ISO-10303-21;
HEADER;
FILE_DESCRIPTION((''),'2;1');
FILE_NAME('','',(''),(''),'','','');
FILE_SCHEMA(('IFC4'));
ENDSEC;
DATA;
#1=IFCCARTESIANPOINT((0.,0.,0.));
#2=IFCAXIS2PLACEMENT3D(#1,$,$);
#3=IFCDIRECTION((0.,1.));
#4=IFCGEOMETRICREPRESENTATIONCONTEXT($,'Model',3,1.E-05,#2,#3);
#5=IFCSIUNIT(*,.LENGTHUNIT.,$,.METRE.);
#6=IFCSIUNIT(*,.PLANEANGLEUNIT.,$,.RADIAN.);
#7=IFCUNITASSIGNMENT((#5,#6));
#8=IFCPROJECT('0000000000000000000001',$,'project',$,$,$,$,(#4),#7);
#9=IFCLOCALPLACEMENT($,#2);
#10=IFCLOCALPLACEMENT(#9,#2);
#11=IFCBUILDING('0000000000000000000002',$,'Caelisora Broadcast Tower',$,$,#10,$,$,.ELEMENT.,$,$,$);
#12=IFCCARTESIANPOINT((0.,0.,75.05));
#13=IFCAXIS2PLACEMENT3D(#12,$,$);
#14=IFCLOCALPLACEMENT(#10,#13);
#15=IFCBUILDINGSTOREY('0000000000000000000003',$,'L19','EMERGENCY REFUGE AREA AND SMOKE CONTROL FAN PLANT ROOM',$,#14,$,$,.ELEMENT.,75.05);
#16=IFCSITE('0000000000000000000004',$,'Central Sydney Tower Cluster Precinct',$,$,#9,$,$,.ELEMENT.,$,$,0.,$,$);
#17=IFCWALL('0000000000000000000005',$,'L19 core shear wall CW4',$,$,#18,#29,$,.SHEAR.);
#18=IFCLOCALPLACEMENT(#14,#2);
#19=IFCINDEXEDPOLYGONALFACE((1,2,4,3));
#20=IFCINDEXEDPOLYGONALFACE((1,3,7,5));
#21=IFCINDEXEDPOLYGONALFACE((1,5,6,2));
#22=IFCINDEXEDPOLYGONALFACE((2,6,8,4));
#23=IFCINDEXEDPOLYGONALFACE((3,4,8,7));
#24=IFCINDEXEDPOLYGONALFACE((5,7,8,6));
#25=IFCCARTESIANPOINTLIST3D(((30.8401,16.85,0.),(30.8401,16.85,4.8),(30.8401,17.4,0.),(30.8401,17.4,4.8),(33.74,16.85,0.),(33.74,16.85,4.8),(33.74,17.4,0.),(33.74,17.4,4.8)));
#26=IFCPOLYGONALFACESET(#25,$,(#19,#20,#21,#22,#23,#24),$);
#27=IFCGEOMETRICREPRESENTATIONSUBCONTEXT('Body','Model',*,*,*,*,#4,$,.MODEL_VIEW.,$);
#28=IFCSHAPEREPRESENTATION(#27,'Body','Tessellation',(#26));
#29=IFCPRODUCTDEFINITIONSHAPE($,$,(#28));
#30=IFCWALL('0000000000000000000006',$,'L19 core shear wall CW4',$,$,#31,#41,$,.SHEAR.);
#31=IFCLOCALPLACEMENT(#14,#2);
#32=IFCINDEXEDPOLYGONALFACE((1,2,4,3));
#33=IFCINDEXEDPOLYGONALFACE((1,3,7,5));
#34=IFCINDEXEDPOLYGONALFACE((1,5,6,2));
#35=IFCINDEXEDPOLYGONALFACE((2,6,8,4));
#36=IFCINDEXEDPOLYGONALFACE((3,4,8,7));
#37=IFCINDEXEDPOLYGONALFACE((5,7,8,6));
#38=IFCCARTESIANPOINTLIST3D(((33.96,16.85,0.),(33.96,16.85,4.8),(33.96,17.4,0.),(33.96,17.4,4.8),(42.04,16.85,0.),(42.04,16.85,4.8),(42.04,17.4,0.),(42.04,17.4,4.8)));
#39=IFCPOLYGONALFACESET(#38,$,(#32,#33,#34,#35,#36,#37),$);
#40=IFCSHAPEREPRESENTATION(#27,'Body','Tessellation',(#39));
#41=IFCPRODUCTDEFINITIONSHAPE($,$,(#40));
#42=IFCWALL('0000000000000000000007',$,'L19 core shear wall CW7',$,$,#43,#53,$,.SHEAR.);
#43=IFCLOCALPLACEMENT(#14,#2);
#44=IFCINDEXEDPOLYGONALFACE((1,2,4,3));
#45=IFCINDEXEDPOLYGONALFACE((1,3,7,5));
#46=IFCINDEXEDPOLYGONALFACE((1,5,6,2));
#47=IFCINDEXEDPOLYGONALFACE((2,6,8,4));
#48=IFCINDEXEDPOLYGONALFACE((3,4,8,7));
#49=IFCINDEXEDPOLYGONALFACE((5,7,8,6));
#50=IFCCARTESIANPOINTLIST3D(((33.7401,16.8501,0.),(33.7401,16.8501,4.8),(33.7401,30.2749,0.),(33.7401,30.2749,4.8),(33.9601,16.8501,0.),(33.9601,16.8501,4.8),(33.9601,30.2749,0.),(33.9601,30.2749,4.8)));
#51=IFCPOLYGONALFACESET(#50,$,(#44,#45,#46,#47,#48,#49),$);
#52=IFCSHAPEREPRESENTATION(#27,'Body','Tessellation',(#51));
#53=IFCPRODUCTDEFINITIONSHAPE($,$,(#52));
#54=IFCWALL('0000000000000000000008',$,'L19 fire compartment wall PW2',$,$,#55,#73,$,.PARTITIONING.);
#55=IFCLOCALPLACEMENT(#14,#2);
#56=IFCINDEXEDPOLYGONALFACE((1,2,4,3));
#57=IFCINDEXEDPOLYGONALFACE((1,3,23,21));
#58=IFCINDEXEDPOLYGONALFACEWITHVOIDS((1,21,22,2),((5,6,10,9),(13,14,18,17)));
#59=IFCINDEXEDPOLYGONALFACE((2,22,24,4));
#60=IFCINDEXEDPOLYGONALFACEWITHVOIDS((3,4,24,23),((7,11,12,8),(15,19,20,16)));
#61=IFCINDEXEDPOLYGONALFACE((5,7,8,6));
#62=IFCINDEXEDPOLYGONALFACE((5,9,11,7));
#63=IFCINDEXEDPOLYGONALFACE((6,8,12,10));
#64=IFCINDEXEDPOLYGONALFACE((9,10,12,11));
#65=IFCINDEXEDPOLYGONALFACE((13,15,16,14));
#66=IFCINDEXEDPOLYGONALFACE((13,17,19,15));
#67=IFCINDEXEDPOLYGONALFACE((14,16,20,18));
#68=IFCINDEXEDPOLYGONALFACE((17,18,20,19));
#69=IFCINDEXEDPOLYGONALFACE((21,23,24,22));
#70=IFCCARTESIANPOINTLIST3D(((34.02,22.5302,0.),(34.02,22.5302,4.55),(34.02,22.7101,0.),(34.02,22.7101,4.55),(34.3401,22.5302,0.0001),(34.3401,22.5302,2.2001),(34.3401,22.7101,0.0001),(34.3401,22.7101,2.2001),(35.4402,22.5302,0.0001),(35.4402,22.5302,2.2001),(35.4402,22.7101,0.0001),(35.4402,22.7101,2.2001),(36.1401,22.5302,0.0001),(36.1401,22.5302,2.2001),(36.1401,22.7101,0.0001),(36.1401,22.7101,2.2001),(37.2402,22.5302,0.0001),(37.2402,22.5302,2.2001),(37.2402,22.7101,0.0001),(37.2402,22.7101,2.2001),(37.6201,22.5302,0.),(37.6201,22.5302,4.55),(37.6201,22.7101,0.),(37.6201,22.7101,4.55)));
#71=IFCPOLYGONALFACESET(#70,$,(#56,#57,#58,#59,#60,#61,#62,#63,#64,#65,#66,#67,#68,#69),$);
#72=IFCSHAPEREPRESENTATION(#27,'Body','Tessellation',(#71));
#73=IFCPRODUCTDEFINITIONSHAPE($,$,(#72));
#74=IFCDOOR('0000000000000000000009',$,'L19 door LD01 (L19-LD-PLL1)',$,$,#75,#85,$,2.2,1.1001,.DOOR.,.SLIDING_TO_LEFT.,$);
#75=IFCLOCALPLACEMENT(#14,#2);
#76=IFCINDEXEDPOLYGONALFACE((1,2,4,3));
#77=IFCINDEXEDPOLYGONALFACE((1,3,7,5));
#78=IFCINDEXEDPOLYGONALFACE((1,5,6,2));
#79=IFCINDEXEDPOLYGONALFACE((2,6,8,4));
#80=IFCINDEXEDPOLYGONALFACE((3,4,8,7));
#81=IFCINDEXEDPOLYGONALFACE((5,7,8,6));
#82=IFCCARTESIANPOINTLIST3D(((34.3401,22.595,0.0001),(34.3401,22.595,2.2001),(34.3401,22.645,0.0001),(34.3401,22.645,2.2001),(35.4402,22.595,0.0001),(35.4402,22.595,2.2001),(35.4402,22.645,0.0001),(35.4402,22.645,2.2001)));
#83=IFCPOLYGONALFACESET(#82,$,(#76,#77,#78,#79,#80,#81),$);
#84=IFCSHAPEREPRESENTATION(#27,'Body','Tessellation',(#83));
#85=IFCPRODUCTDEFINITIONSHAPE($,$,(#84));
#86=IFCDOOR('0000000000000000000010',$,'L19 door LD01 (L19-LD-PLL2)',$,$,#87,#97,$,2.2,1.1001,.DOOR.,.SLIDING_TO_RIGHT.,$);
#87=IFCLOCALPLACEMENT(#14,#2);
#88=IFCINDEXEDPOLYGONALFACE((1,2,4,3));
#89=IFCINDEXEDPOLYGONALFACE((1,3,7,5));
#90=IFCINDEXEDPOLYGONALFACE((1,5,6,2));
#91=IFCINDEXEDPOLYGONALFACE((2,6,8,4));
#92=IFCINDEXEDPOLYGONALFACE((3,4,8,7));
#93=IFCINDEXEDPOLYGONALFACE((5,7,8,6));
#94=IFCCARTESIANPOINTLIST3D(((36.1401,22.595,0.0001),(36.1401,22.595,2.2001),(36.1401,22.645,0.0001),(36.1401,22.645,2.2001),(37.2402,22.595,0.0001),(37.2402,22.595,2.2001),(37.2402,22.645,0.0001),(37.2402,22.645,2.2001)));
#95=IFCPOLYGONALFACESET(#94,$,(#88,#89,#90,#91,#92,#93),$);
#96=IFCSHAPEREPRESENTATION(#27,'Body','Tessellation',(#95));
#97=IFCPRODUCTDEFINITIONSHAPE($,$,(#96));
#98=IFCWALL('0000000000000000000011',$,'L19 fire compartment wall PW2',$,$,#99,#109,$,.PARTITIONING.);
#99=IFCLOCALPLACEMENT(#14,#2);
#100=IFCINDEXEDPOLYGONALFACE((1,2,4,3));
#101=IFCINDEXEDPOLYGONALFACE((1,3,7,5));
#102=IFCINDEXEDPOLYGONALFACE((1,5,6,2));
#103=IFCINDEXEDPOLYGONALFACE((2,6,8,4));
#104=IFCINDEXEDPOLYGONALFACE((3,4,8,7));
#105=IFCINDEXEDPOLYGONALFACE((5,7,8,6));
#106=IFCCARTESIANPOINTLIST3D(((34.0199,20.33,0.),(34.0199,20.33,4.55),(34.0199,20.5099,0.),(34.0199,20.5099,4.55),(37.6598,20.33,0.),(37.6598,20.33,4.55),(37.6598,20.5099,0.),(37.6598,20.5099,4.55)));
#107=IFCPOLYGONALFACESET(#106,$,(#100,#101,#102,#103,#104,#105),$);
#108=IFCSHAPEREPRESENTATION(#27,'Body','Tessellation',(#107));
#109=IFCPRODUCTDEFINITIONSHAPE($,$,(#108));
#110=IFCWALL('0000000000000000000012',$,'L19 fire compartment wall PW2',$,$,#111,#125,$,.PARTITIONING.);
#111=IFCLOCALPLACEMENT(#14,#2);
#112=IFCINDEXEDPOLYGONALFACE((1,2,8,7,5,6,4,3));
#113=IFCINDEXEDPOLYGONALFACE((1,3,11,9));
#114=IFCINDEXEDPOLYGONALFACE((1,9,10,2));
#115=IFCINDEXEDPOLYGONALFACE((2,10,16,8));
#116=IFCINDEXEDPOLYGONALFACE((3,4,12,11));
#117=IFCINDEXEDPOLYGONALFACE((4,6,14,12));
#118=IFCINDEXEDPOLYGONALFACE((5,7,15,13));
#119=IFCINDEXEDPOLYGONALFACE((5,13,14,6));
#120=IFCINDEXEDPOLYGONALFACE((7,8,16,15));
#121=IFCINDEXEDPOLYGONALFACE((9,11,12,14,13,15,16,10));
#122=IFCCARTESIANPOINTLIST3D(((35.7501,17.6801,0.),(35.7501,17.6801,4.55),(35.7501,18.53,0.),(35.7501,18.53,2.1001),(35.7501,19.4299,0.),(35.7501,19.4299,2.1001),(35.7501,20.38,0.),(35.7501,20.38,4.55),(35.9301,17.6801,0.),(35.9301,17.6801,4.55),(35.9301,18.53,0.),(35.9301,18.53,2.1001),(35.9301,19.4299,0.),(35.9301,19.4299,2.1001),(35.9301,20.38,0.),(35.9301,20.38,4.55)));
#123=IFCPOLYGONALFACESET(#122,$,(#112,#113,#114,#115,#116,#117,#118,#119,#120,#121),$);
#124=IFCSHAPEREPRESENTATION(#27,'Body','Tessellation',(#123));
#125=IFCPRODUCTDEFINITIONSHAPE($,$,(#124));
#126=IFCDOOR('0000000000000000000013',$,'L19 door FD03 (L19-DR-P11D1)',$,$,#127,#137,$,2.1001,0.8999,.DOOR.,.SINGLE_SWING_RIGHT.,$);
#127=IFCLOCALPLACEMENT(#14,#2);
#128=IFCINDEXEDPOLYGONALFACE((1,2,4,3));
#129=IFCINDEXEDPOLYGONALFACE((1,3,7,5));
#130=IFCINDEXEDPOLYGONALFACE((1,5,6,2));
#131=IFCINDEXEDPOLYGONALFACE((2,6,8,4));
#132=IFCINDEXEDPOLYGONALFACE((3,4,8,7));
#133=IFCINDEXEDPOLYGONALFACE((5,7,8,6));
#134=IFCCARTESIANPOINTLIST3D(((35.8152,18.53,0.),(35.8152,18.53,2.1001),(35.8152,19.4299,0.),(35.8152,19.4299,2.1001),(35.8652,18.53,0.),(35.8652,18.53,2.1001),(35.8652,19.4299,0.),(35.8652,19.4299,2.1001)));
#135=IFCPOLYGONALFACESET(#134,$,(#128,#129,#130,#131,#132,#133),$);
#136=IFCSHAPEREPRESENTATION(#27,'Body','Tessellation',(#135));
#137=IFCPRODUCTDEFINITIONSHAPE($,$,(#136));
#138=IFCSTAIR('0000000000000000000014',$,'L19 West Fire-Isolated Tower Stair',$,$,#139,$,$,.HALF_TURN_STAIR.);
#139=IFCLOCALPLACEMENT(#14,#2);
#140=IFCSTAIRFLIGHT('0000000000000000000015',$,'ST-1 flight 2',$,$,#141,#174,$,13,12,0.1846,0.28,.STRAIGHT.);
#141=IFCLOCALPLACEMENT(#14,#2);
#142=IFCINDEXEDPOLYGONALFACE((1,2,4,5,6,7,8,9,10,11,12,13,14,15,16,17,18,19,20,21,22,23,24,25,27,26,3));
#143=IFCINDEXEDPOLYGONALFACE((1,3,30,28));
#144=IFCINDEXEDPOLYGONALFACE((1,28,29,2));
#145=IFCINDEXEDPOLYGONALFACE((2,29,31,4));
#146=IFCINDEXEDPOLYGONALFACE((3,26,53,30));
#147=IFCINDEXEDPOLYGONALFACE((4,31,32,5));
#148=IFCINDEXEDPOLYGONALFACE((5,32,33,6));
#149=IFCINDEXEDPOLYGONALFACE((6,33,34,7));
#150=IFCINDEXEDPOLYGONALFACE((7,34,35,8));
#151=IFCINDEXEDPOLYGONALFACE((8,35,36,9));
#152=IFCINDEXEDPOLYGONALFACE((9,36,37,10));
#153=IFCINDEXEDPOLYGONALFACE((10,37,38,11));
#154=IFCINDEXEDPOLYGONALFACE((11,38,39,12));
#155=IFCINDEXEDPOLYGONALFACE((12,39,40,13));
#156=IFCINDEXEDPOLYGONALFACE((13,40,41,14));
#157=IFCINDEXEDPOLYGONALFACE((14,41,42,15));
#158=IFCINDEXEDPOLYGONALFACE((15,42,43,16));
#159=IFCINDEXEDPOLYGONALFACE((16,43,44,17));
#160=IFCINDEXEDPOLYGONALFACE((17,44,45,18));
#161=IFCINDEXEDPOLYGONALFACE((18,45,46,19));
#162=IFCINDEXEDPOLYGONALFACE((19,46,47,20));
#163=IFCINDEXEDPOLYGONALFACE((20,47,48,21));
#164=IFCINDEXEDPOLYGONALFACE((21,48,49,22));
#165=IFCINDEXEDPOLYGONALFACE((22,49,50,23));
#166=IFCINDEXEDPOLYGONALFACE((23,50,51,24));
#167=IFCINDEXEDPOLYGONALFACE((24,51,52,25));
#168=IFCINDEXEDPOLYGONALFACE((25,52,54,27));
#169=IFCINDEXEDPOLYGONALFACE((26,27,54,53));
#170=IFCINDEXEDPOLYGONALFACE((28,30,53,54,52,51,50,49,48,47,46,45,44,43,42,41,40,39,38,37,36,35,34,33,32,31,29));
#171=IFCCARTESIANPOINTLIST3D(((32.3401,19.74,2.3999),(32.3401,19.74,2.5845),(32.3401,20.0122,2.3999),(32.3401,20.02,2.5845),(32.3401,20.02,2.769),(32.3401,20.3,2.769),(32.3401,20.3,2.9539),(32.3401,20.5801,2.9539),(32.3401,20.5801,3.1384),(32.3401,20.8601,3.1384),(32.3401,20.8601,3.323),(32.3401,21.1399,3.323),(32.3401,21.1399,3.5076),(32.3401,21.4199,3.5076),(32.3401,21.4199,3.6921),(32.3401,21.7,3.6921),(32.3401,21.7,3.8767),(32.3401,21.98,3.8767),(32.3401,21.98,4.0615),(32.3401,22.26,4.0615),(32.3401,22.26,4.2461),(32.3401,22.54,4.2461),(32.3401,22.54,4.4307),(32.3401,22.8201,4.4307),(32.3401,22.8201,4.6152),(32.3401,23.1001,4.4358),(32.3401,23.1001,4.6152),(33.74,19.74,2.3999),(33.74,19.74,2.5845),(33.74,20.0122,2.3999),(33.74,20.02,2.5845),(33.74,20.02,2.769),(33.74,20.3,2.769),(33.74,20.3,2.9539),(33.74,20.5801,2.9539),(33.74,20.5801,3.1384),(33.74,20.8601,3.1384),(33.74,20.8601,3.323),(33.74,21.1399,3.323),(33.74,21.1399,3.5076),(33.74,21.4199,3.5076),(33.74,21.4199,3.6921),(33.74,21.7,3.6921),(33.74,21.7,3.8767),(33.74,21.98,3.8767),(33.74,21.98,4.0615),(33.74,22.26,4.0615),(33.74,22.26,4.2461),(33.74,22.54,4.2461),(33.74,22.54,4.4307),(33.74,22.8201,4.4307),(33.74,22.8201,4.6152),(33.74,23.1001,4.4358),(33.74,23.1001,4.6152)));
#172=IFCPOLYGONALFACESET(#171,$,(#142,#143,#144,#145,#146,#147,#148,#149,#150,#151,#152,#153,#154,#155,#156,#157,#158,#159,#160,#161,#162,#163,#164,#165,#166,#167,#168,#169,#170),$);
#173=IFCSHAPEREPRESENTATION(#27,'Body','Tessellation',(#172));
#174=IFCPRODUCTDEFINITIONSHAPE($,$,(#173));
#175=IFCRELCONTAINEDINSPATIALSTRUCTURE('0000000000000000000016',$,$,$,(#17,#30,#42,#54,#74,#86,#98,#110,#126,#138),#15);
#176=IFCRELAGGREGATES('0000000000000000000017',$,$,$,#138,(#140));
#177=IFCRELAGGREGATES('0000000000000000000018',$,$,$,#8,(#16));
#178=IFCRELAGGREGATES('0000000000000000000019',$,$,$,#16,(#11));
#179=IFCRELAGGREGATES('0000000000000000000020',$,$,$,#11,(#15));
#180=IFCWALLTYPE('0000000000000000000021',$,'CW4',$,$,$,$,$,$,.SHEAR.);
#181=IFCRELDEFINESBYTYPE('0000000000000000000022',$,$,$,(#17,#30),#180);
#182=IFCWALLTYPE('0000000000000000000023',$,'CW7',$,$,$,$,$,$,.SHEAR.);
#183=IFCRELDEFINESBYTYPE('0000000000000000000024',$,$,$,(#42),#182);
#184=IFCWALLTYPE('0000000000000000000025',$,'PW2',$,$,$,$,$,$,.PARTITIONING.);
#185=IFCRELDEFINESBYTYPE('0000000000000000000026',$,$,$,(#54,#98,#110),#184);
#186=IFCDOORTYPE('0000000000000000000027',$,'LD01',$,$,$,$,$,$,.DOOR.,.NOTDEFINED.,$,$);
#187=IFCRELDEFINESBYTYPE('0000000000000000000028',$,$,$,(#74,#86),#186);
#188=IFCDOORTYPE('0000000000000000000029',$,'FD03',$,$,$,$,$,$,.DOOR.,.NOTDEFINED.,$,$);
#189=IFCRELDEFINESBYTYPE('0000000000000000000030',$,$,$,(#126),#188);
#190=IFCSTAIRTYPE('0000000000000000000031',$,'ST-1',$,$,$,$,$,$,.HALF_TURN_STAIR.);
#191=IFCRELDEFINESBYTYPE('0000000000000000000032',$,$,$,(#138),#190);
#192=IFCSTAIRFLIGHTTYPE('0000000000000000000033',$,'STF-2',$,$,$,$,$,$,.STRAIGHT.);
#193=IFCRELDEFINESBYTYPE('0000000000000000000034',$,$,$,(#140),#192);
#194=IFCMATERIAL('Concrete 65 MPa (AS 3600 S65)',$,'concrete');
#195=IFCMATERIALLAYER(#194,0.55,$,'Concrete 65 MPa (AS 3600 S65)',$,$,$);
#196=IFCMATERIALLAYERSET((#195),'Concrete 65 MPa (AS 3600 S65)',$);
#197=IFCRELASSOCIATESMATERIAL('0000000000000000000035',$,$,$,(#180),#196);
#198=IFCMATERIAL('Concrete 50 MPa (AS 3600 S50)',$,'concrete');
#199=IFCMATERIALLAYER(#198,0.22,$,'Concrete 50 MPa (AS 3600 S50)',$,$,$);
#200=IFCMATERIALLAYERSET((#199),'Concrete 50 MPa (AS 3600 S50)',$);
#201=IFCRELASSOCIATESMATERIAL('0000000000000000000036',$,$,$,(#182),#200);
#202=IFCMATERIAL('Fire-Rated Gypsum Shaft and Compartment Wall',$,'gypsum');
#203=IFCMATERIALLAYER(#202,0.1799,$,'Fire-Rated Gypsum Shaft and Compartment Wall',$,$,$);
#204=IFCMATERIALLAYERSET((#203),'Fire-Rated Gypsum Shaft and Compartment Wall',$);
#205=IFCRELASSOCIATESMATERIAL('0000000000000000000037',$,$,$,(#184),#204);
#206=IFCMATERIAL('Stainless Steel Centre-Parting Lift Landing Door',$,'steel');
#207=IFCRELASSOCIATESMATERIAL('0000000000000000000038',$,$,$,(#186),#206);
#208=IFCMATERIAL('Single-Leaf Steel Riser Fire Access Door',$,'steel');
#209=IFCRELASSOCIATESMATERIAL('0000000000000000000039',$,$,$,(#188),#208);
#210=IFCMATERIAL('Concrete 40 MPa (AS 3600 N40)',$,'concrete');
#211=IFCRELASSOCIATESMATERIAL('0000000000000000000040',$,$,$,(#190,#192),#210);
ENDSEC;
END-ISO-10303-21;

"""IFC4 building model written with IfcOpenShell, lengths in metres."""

from ifc_helpers import new_model, si_unit, direction, frame, frame_2d, origin, place, context, subcontext, project, spatial, polyline, rectangle, outline, extrude, material, layer, layer_set, type_object, element, fill, aggregate, save


model = new_model("IFC4")

# Units and contexts
model_context = context("Model", 3, precision=1e-05, world=origin(), true_north=direction((0.0, 1.0)))
body_context = subcontext(model_context, "Body", "Model", "MODEL_VIEW")
ifc_project = project(units=[si_unit("LENGTHUNIT", "METRE"), si_unit("PLANEANGLEUNIT", "RADIAN")], contexts=[model_context])

# Site, building, storey
site_placement = place(None, origin())
site = spatial("IfcSite", under=ifc_project, at=site_placement, Name="Central Sydney Tower Cluster Precinct", CompositionType="ELEMENT", RefElevation=0.0)
building_placement = place(site_placement, origin())
building = spatial("IfcBuilding", under=site, at=building_placement, Name="Caelisora Broadcast Tower", CompositionType="ELEMENT")
storey_placement = place(building_placement, frame((0.0, 0.0, 75.05)))
storey = spatial("IfcBuildingStorey", under=building, at=storey_placement, Name="L19", Description="EMERGENCY REFUGE AREA AND SMOKE CONTROL FAN PLANT ROOM", CompositionType="ELEMENT", Elevation=75.05)

# Walls
ifc_material_1 = material(Name="Concrete 65 MPa (AS 3600 S65)", Category="concrete")
ifc_layer_1 = layer(ifc_material_1, 0.55, Name="Concrete 65 MPa (AS 3600 S65)")
ifc_layer_set_1 = layer_set([ifc_layer_1], Name="Concrete 65 MPa (AS 3600 S65)")
wall_type_1 = type_object("IfcWallType", Name="CW4", PredefinedType="SHEAR", material=ifc_layer_set_1)
wall_1_placement = place(storey_placement, frame((30.8401, 17.125, 0.0), z_axis=(0.0, 0.0, 1.0), x_axis=(1.0, 0.0, 0.0)))
element("IfcWall", 1, at=wall_1_placement, inside=storey, type_object=wall_type_1, Name="L19 core shear wall CW4", PredefinedType="SHEAR", context=body_context, shape_type="SweptSolid", body=[
    extrude(rectangle(XDim=2.8999, YDim=0.55, at=frame_2d((1.45, 0.0))), origin(), (0.0, 0.0, 1.0), 4.8),
])
wall_2_placement = place(storey_placement, frame((33.96, 17.125, 0.0), z_axis=(0.0, 0.0, 1.0), x_axis=(1.0, 0.0, 0.0)))
element("IfcWall", 2, at=wall_2_placement, inside=storey, type_object=wall_type_1, Name="L19 core shear wall CW4", PredefinedType="SHEAR", context=body_context, shape_type="SweptSolid", body=[
    extrude(rectangle(XDim=8.0801, YDim=0.55, at=frame_2d((4.04, 0.0))), origin(), (0.0, 0.0, 1.0), 4.8),
])
ifc_material_2 = material(Name="Concrete 50 MPa (AS 3600 S50)", Category="concrete")
ifc_layer_2 = layer(ifc_material_2, 0.22, Name="Concrete 50 MPa (AS 3600 S50)")
ifc_layer_set_2 = layer_set([ifc_layer_2], Name="Concrete 50 MPa (AS 3600 S50)")
wall_type_2 = type_object("IfcWallType", Name="CW7", PredefinedType="SHEAR", material=ifc_layer_set_2)
wall_3_placement = place(storey_placement, frame((33.8501, 16.8501, 0.0), z_axis=(0.0, 0.0, 1.0), x_axis=(0.0, 1.0, 0.0)))
element("IfcWall", 3, at=wall_3_placement, inside=storey, type_object=wall_type_2, Name="L19 core shear wall CW7", PredefinedType="SHEAR", context=body_context, shape_type="SweptSolid", body=[
    extrude(rectangle(XDim=13.4248, YDim=0.22, at=frame_2d((6.7124, 0.0))), origin(), (0.0, 0.0, 1.0), 4.8),
])

# Wall, openings, doors
ifc_material_3 = material(Name="Fire-Rated Gypsum Shaft and Compartment Wall", Category="gypsum")
ifc_layer_3 = layer(ifc_material_3, 0.1799, Name="Fire-Rated Gypsum Shaft and Compartment Wall")
ifc_layer_set_3 = layer_set([ifc_layer_3], Name="Fire-Rated Gypsum Shaft and Compartment Wall")
wall_type_3 = type_object("IfcWallType", Name="PW2", PredefinedType="PARTITIONING", material=ifc_layer_set_3)
wall_4_placement = place(storey_placement, frame((34.02, 22.6201, 0.0), z_axis=(0.0, 0.0, 1.0), x_axis=(1.0, 0.0, 0.0)))
wall_4 = element("IfcWall", 4, at=wall_4_placement, inside=storey, type_object=wall_type_3, Name="L19 fire compartment wall PW2", PredefinedType="PARTITIONING", context=body_context, shape_type="SweptSolid", body=[
    extrude(rectangle(XDim=3.6001, YDim=0.1799, at=frame_2d((1.8, 0.0))), origin(), (0.0, 0.0, 1.0), 4.55),
])
opening_1_placement = place(wall_4_placement, frame((0.3201, 0.0, 0.0)))
opening_1 = element("IfcOpeningElement", 5, at=opening_1_placement, cuts=wall_4, PredefinedType="OPENING", context=body_context, shape_type="SweptSolid", body=[
    extrude(rectangle(XDim=1.1001, YDim=2.2, at=frame_2d((0.55, 1.1001))), frame((0.0, 0.1021, 0.0), z_axis=(0.0, -1.0, 0.0), x_axis=(1.0, 0.0, 0.0)), (0.0, 0.0, 1.0), 0.2039),
])
opening_2_placement = place(wall_4_placement, frame((2.1201, 0.0, 0.0)))
opening_2 = element("IfcOpeningElement", 6, at=opening_2_placement, cuts=wall_4, PredefinedType="OPENING", context=body_context, shape_type="SweptSolid", body=[
    extrude(rectangle(XDim=1.1001, YDim=2.2, at=frame_2d((0.55, 1.1001))), frame((0.0, 0.1021, 0.0), z_axis=(0.0, -1.0, 0.0), x_axis=(1.0, 0.0, 0.0)), (0.0, 0.0, 1.0), 0.2039),
])
ifc_material_4 = material(Name="Stainless Steel Centre-Parting Lift Landing Door", Category="steel")
door_type_1 = type_object("IfcDoorType", Name="LD01", OperationType="NOTDEFINED", PredefinedType="DOOR", material=ifc_material_4)
door_1_placement = place(opening_1_placement, origin())
door_1 = element("IfcDoor", 7, at=door_1_placement, inside=storey, type_object=door_type_1, Name="L19 door LD01 (L19-LD-PLL1)", OperationType="SLIDING_TO_LEFT", OverallHeight=2.2, OverallWidth=1.1001, PredefinedType="DOOR", context=body_context, shape_type="SweptSolid", body=[
    extrude(rectangle(XDim=1.1001, YDim=2.2, at=frame_2d((0.55, 1.1001))), frame((0.0, 0.0249, 0.0), z_axis=(0.0, -1.0, 0.0), x_axis=(1.0, 0.0, 0.0)), (0.0, 0.0, 1.0), 0.05),
])
fill(opening_1, door_1)
door_2_placement = place(opening_2_placement, origin())
door_2 = element("IfcDoor", 8, at=door_2_placement, inside=storey, type_object=door_type_1, Name="L19 door LD01 (L19-LD-PLL2)", OperationType="SLIDING_TO_RIGHT", OverallHeight=2.2, OverallWidth=1.1001, PredefinedType="DOOR", context=body_context, shape_type="SweptSolid", body=[
    extrude(rectangle(XDim=1.1001, YDim=2.2, at=frame_2d((0.55, 1.1001))), frame((0.0, 0.0249, 0.0), z_axis=(0.0, -1.0, 0.0), x_axis=(1.0, 0.0, 0.0)), (0.0, 0.0, 1.0), 0.05),
])
fill(opening_2, door_2)

# Wall
wall_5_placement = place(storey_placement, frame((34.02, 20.4199, 0.0), z_axis=(0.0, 0.0, 1.0), x_axis=(1.0, 0.0, 0.0)))
element("IfcWall", 9, at=wall_5_placement, inside=storey, type_object=wall_type_3, Name="L19 fire compartment wall PW2", PredefinedType="PARTITIONING", context=body_context, shape_type="SweptSolid", body=[
    extrude(rectangle(XDim=3.6399, YDim=0.1799, at=frame_2d((1.8198, 0.0))), origin(), (0.0, 0.0, 1.0), 4.55),
])

# Wall, opening, door
wall_6_placement = place(storey_placement, frame((35.8401, 17.6799, 0.0), z_axis=(0.0, 0.0, 1.0), x_axis=(0.0, 1.0, 0.0)))
wall_6 = element("IfcWall", 10, at=wall_6_placement, inside=storey, type_object=wall_type_3, Name="L19 fire compartment wall PW2", PredefinedType="PARTITIONING", context=body_context, shape_type="SweptSolid", body=[
    extrude(rectangle(XDim=2.7, YDim=0.1799, at=frame_2d((1.3501, 0.0))), origin(), (0.0, 0.0, 1.0), 4.55),
])
opening_3_placement = place(wall_6_placement, frame((0.8501, 0.0, 0.0)))
opening_3 = element("IfcOpeningElement", 11, at=opening_3_placement, cuts=wall_6, PredefinedType="OPENING", context=body_context, shape_type="SweptSolid", body=[
    extrude(rectangle(XDim=0.8999, YDim=2.1001, at=frame_2d((0.45, 1.05))), frame((0.0, 0.1021, 0.0), z_axis=(0.0, -1.0, 0.0), x_axis=(1.0, 0.0, 0.0)), (0.0, 0.0, 1.0), 0.2039),
])
ifc_material_5 = material(Name="Single-Leaf Steel Riser Fire Access Door", Category="steel")
door_type_2 = type_object("IfcDoorType", Name="FD03", OperationType="NOTDEFINED", PredefinedType="DOOR", material=ifc_material_5)
door_3_placement = place(opening_3_placement, origin())
door_3 = element("IfcDoor", 12, at=door_3_placement, inside=storey, type_object=door_type_2, Name="L19 door FD03 (L19-DR-P11D1)", OperationType="SINGLE_SWING_RIGHT", OverallHeight=2.1001, OverallWidth=0.8999, PredefinedType="DOOR", context=body_context, shape_type="SweptSolid", body=[
    extrude(rectangle(XDim=0.8999, YDim=2.1001, at=frame_2d((0.45, 1.05))), frame((0.0, 0.0249, 0.0), z_axis=(0.0, -1.0, 0.0), x_axis=(1.0, 0.0, 0.0)), (0.0, 0.0, 1.0), 0.05),
])
fill(opening_3, door_3)

# Stair, stair flight
ifc_material_6 = material(Name="Concrete 40 MPa (AS 3600 N40)", Category="concrete")
stair_type = type_object("IfcStairType", Name="ST-1", PredefinedType="HALF_TURN_STAIR", material=ifc_material_6)
stair_placement = place(storey_placement, origin())
stair = element("IfcStair", 13, at=stair_placement, inside=storey, type_object=stair_type, Name="L19 West Fire-Isolated Tower Stair", PredefinedType="HALF_TURN_STAIR")
stair_flight_type = type_object("IfcStairFlightType", Name="STF-2", PredefinedType="STRAIGHT", material=ifc_material_6)
stair_flight_placement = place(storey_placement, frame((33.04, 19.74, 2.3999), z_axis=(0.0, 0.0, 1.0), x_axis=(0.0, 1.0, 0.0)))
stair_flight = element("IfcStairFlight", 14, at=stair_flight_placement, type_object=stair_flight_type, Name="ST-1 flight 2", NumberOfRisers=13, NumberOfTreads=12, PredefinedType="STRAIGHT", RiserHeight=0.1846, TreadLength=0.28, context=body_context, shape_type="SweptSolid", body=[
    extrude(outline(polyline([(0.0, 0.0), (0.0, 0.1846), (0.28, 0.1846), (0.28, 0.3691), (0.5601, 0.3691), (0.5601, 0.554), (0.8401, 0.554), (0.8401, 0.7385), (1.1201, 0.7385), (1.1201, 0.9231), (1.3999, 0.9231), (1.3999, 1.1077), (1.6799, 1.1077), (1.6799, 1.2922), (1.96, 1.2922), (1.96, 1.4768), (2.24, 1.4768), (2.24, 1.6616), (2.52, 1.6616), (2.52, 1.8462), (2.8, 1.8462), (2.8, 2.0308), (3.0801, 2.0308), (3.0801, 2.2153), (3.3601, 2.2153), (3.3601, 2.3999), (3.3601, 2.0359), (0.2722, 0.0), (0.0, 0.0)])), frame((0.0, 0.7, 0.0), z_axis=(0.0, -1.0, 0.0), x_axis=(1.0, 0.0, 0.0)), (0.0, 0.0, 1.0), 1.3999),
])
aggregate(stair, [stair_flight])

save(model, "model.ifc")
